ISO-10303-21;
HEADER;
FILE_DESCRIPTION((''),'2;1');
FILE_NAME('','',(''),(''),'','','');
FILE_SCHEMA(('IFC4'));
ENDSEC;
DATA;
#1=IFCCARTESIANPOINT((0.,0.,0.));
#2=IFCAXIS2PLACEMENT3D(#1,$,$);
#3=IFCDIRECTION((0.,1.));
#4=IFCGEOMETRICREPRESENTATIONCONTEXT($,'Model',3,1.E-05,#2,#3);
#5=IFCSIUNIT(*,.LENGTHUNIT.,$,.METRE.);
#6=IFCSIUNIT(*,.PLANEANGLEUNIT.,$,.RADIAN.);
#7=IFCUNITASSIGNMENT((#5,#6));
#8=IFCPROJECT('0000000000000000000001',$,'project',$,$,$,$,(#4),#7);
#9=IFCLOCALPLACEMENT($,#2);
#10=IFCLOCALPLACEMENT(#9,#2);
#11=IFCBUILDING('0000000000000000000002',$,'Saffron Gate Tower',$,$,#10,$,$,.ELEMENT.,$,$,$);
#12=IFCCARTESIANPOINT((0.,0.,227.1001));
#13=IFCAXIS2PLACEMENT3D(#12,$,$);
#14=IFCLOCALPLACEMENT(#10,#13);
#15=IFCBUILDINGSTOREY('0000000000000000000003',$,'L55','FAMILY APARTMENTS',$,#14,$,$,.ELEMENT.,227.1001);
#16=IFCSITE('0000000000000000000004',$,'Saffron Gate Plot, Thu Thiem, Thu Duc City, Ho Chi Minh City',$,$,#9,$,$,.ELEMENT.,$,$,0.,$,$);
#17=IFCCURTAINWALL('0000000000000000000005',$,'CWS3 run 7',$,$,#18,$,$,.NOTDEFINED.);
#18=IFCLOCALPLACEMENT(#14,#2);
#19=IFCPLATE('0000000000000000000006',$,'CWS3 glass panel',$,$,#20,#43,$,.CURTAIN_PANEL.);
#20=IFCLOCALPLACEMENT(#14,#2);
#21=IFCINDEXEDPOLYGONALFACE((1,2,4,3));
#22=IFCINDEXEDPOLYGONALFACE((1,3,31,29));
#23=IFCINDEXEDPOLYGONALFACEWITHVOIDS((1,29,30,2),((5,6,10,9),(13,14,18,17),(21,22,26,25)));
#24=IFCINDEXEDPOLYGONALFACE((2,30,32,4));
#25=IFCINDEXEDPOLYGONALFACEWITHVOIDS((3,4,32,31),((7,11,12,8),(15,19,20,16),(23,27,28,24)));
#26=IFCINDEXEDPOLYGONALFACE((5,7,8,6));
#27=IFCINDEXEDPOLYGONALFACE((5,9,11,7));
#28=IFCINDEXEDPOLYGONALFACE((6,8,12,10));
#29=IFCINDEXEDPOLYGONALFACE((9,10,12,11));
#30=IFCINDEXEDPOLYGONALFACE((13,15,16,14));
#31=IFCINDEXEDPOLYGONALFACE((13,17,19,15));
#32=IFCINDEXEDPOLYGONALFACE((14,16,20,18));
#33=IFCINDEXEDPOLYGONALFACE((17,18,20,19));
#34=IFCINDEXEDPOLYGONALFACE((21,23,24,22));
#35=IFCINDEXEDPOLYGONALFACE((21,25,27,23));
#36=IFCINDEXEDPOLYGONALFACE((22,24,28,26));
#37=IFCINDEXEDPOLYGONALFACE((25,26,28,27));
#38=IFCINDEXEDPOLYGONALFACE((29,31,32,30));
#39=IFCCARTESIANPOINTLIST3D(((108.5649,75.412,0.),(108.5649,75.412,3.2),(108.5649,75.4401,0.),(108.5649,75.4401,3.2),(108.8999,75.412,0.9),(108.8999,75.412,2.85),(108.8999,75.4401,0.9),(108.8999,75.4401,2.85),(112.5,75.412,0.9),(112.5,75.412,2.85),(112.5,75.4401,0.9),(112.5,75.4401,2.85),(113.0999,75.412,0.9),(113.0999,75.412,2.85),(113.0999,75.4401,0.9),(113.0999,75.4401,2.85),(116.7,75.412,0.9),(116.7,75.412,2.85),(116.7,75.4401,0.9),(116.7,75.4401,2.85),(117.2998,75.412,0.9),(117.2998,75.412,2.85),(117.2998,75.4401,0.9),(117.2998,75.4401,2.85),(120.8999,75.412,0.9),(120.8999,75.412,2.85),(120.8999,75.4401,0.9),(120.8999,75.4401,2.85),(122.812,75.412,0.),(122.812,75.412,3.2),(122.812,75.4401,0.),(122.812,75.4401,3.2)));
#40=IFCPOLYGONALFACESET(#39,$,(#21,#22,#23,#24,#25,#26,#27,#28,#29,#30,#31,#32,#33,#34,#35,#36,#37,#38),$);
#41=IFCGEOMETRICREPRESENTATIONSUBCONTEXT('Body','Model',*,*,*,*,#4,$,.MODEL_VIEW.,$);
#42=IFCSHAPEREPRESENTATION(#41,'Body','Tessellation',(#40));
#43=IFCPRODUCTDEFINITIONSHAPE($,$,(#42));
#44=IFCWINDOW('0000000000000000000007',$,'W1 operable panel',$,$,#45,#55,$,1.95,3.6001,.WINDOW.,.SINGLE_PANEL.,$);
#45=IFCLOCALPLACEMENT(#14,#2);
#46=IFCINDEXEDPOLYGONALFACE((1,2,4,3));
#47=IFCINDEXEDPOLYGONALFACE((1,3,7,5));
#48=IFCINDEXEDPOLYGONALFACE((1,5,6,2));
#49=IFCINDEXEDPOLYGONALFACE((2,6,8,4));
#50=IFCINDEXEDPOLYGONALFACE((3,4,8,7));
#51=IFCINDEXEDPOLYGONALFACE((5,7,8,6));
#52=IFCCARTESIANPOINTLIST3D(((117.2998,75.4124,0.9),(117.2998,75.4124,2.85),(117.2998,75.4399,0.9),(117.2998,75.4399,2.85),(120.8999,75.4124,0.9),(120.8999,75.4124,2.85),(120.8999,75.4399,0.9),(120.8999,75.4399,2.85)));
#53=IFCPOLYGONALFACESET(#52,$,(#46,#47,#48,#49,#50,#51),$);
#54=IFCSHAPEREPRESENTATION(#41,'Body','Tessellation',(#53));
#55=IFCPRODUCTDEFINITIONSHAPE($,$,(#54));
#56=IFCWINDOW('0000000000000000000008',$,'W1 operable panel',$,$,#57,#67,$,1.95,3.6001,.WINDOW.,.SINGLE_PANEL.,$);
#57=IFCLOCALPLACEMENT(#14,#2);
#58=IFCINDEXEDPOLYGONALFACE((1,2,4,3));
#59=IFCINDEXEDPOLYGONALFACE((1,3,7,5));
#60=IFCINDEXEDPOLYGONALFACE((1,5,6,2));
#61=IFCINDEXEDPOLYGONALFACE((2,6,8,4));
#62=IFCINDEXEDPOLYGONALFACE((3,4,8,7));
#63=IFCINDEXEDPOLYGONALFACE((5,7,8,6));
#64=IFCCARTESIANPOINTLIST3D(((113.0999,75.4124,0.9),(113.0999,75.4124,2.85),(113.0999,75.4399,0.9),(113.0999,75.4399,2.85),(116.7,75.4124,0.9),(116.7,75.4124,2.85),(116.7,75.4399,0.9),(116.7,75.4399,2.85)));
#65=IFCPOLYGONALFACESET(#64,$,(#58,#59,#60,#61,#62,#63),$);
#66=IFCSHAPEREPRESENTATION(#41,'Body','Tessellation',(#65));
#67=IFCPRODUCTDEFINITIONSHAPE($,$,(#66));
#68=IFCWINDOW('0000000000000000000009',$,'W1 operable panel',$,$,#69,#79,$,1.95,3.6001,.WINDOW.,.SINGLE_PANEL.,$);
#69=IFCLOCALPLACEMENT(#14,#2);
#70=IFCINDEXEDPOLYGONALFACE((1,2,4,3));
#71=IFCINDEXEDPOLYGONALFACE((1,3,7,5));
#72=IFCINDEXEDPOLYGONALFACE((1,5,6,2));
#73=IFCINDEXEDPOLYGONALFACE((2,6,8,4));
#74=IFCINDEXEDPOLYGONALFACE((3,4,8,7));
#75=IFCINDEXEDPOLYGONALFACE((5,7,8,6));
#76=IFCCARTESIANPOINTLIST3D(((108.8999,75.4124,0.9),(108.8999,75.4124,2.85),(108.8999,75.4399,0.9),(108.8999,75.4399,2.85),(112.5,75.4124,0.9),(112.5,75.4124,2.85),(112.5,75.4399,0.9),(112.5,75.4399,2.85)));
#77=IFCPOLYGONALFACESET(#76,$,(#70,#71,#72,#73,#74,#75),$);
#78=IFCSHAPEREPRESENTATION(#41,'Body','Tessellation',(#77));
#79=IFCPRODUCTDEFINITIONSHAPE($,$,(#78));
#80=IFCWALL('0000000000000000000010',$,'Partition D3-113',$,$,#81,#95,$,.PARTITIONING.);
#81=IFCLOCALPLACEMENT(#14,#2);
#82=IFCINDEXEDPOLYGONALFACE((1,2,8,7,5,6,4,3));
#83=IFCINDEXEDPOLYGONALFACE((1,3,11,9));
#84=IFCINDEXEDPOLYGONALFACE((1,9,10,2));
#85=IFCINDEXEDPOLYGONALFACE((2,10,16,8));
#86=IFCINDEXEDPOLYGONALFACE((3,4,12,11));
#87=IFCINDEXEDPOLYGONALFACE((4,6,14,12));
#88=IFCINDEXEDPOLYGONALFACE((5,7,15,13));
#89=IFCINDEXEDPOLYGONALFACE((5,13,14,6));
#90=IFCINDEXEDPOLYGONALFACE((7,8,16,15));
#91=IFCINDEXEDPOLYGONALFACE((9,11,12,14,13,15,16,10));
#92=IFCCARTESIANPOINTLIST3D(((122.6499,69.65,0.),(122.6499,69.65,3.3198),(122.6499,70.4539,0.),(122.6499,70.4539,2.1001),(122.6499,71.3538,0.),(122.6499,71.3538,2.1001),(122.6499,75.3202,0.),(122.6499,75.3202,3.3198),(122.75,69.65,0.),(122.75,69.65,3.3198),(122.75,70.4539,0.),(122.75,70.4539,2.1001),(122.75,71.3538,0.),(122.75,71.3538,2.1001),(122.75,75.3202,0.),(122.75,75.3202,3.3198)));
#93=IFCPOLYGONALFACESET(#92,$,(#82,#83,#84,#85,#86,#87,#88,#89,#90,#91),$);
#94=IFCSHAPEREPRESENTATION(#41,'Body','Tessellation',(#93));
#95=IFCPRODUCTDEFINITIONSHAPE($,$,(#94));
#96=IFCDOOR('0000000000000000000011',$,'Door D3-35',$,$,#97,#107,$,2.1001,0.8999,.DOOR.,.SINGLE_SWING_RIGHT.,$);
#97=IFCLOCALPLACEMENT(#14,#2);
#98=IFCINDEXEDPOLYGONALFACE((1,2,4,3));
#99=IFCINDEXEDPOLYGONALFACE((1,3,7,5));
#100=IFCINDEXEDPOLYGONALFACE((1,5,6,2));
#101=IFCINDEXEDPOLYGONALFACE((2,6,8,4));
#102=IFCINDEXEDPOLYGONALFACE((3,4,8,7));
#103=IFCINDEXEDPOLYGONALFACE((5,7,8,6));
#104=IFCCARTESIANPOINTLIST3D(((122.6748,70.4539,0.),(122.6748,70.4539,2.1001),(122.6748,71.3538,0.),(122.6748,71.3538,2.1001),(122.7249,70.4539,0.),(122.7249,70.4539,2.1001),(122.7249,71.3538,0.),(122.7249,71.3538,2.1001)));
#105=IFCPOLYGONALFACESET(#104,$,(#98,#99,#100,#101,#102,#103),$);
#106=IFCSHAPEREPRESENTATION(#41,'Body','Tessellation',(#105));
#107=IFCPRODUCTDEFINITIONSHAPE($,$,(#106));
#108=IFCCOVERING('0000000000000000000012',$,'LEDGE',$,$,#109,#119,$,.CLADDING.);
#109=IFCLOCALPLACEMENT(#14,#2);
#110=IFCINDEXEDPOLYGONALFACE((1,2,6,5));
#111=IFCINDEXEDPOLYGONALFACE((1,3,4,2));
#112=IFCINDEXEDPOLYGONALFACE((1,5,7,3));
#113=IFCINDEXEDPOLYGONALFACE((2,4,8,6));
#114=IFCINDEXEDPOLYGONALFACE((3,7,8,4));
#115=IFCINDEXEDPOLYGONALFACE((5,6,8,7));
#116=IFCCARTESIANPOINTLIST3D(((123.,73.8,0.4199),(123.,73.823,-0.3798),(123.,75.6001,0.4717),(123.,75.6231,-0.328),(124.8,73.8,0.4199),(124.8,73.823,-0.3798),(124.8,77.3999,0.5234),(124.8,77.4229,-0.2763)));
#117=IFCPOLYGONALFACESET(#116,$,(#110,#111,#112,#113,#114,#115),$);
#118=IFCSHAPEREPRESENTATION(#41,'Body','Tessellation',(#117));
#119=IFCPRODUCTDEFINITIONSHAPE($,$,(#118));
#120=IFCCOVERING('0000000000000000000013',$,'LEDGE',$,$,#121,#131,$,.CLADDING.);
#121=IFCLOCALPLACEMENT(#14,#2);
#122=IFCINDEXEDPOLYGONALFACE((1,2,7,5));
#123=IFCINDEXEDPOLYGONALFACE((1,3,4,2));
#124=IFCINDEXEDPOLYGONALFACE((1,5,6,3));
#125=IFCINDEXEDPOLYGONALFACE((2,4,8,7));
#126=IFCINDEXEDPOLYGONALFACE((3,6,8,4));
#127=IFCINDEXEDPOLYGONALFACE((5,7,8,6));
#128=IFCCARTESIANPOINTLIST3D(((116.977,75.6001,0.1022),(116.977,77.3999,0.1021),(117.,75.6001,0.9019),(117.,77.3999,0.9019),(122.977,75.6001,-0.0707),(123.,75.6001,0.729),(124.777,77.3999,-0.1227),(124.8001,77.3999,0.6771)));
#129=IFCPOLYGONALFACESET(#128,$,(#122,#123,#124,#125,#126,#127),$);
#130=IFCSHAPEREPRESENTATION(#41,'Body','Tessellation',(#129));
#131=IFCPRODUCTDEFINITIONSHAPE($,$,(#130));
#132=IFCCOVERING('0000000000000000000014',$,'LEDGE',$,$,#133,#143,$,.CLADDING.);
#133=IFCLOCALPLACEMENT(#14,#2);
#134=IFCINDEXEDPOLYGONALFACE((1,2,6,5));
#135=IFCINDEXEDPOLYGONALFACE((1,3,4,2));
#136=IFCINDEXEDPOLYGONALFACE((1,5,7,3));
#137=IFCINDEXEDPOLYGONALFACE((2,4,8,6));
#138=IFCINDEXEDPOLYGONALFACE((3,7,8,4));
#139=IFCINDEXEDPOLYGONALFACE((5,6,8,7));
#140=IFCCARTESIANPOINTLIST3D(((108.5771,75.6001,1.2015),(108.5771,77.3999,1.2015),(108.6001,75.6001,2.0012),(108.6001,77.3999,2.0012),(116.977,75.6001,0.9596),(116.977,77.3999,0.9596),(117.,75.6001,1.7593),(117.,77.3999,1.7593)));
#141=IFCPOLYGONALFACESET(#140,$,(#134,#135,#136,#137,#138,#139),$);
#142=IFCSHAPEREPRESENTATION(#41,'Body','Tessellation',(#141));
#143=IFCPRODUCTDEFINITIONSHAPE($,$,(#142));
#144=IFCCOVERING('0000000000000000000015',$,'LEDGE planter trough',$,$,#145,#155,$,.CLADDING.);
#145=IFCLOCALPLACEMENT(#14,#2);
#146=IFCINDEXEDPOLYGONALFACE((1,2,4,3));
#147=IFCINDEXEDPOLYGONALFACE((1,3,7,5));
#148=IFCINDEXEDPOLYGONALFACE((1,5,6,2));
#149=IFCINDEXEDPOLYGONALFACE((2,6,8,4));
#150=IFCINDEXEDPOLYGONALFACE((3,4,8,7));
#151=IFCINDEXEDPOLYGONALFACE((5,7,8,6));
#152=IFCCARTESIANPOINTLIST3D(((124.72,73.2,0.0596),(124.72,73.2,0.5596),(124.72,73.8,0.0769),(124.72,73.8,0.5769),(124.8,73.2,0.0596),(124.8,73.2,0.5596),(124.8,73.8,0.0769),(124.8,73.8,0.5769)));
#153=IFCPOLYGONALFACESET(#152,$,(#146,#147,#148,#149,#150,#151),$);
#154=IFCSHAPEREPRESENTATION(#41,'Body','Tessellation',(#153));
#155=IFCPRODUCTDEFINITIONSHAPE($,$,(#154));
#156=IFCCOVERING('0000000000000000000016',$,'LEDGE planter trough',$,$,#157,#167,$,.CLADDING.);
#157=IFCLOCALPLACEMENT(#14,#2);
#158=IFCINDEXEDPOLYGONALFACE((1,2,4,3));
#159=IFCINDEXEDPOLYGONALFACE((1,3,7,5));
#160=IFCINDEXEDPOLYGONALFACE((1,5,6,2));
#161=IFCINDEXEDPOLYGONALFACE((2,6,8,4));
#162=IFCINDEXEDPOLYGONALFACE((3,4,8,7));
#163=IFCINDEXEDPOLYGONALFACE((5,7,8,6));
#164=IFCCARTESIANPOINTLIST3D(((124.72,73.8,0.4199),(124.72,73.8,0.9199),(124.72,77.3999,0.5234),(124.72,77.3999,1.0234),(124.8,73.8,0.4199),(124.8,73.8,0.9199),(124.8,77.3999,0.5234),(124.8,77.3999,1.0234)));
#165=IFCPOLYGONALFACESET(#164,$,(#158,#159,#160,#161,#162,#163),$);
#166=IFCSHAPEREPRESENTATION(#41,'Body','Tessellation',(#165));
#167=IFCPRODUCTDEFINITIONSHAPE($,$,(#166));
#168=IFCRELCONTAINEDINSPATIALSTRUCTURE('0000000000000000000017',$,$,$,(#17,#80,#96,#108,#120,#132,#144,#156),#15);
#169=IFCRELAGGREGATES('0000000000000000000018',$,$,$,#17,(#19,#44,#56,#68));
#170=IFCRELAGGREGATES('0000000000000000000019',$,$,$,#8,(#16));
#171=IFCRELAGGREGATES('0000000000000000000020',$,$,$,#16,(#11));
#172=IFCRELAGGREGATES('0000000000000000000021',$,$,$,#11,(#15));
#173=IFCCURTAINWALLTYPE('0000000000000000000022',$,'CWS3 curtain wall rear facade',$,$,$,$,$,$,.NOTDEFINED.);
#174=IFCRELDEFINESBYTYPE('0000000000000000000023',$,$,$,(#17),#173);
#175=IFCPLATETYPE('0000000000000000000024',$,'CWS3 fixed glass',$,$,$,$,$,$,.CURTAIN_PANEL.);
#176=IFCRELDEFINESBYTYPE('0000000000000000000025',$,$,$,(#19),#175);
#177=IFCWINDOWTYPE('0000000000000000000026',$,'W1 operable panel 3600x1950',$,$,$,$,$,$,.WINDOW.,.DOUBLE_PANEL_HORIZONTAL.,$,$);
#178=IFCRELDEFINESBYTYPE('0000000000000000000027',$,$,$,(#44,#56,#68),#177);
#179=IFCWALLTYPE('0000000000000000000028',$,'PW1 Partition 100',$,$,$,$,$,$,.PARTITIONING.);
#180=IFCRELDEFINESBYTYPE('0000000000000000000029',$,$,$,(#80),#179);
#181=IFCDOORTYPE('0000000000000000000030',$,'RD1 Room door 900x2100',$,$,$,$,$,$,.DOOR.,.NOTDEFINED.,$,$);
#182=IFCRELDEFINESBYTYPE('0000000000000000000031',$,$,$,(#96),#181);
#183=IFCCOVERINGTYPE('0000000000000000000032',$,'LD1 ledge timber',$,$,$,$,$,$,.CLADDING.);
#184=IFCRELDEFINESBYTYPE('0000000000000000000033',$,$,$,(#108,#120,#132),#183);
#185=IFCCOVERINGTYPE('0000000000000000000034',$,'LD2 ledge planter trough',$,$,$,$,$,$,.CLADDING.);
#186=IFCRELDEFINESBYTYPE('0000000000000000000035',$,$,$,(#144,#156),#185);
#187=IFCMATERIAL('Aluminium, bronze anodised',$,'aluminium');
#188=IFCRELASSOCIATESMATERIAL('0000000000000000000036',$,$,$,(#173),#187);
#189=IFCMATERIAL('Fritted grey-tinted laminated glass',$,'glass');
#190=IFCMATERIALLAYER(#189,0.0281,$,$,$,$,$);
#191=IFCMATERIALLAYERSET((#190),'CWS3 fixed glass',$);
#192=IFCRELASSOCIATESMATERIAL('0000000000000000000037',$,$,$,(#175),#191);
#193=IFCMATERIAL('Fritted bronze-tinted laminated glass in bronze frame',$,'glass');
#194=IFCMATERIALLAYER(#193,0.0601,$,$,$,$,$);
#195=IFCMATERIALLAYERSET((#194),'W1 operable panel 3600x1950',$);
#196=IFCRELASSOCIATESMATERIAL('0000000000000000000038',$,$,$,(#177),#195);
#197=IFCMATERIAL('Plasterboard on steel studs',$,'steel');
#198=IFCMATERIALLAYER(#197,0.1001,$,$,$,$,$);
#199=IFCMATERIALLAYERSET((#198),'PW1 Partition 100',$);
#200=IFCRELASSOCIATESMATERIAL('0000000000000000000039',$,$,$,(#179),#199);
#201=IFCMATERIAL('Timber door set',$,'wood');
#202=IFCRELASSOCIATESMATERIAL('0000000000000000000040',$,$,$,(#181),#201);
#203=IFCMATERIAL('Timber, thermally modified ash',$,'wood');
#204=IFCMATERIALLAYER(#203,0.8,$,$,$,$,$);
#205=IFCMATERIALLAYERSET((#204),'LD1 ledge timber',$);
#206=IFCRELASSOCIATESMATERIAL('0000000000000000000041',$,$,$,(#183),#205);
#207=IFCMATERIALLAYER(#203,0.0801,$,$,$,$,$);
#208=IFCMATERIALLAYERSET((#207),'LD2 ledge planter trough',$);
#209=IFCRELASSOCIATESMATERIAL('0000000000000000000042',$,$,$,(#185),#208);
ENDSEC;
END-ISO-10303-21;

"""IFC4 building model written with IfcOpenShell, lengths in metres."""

from ifc_helpers import new_model, si_unit, direction, frame, frame_2d, origin, place, context, subcontext, project, spatial, polyline, rectangle, outline, extrude, material, layer, layer_set, type_object, element, fill, aggregate, save


model = new_model("IFC4")

# Units and contexts
model_context = context("Model", 3, precision=1e-05, world=origin(), true_north=direction((0.0, 1.0)))
body_context = subcontext(model_context, "Body", "Model", "MODEL_VIEW")
ifc_project = project(units=[si_unit("LENGTHUNIT", "METRE"), si_unit("PLANEANGLEUNIT", "RADIAN")], contexts=[model_context])

# Site, building, storey
site_placement = place(None, origin())
site = spatial("IfcSite", under=ifc_project, at=site_placement, Name="Saffron Gate Plot, Thu Thiem, Thu Duc City, Ho Chi Minh City", CompositionType="ELEMENT", RefElevation=0.0)
building_placement = place(site_placement, origin())
building = spatial("IfcBuilding", under=site, at=building_placement, Name="Saffron Gate Tower", CompositionType="ELEMENT")
storey_placement = place(building_placement, frame((0.0, 0.0, 227.1001)))
storey = spatial("IfcBuildingStorey", under=building, at=storey_placement, Name="L55", Description="FAMILY APARTMENTS", CompositionType="ELEMENT", Elevation=227.1001)

# Curtain wall
ifc_material_1 = material(Name="Aluminium, bronze anodised", Category="aluminium")
curtain_wall_type_1 = type_object("IfcCurtainWallType", Name="CWS3 curtain wall rear facade", PredefinedType="NOTDEFINED", material=ifc_material_1)
curtain_wall_1_placement = place(storey_placement, origin())
curtain_wall_1 = element("IfcCurtainWall", 1, at=curtain_wall_1_placement, inside=storey, type_object=curtain_wall_type_1, Name="CWS3 run 7", PredefinedType="NOTDEFINED")

# Plate, openings, windows
ifc_material_2 = material(Name="Fritted grey-tinted laminated glass", Category="glass")
ifc_layer_1 = layer(ifc_material_2, 0.0281)
ifc_layer_set_1 = layer_set([ifc_layer_1], Name="CWS3 fixed glass")
plate_type = type_object("IfcPlateType", Name="CWS3 fixed glass", PredefinedType="CURTAIN_PANEL", material=ifc_layer_set_1)
plate_placement = place(storey_placement, frame((122.812, 75.426, 0.0), z_axis=(0.0, 0.0, 1.0), x_axis=(-1.0, 0.0, 0.0)))
plate = element("IfcPlate", 2, at=plate_placement, type_object=plate_type, Name="CWS3 glass panel", PredefinedType="CURTAIN_PANEL", context=body_context, shape_type="SweptSolid", body=[
    extrude(rectangle(XDim=14.2471, YDim=0.0281, at=frame_2d((7.1235, 0.0))), origin(), (0.0, 0.0, 1.0), 3.2),
])
opening_1_placement = place(plate_placement, frame((1.9121, 0.0, 0.8999)))
opening_1 = element("IfcOpeningElement", 3, at=opening_1_placement, cuts=plate, PredefinedType="OPENING", context=body_context, shape_type="SweptSolid", body=[
    extrude(rectangle(XDim=3.6001, YDim=1.95, at=frame_2d((1.8, 0.9751))), frame((0.0, 0.0239, 0.0), z_axis=(0.0, -1.0, 0.0), x_axis=(1.0, 0.0, 0.0)), (0.0, 0.0, 1.0), 0.0481),
])
opening_2_placement = place(plate_placement, frame((6.1121, 0.0, 0.8999)))
opening_2 = element("IfcOpeningElement", 4, at=opening_2_placement, cuts=plate, PredefinedType="OPENING", context=body_context, shape_type="SweptSolid", body=[
    extrude(rectangle(XDim=3.6001, YDim=1.95, at=frame_2d((1.8, 0.9751))), frame((0.0, 0.0239, 0.0), z_axis=(0.0, -1.0, 0.0), x_axis=(1.0, 0.0, 0.0)), (0.0, 0.0, 1.0), 0.0481),
])
opening_3_placement = place(plate_placement, frame((10.312, 0.0, 0.8999)))
opening_3 = element("IfcOpeningElement", 5, at=opening_3_placement, cuts=plate, PredefinedType="OPENING", context=body_context, shape_type="SweptSolid", body=[
    extrude(rectangle(XDim=3.6001, YDim=1.95, at=frame_2d((1.8, 0.9751))), frame((0.0, 0.0239, 0.0), z_axis=(0.0, -1.0, 0.0), x_axis=(1.0, 0.0, 0.0)), (0.0, 0.0, 1.0), 0.0481),
])
ifc_material_3 = material(Name="Fritted bronze-tinted laminated glass in bronze frame", Category="glass")
ifc_layer_2 = layer(ifc_material_3, 0.0601)
ifc_layer_set_2 = layer_set([ifc_layer_2], Name="W1 operable panel 3600x1950")
window_type = type_object("IfcWindowType", Name="W1 operable panel 3600x1950", PartitioningType="DOUBLE_PANEL_HORIZONTAL", PredefinedType="WINDOW", material=ifc_layer_set_2)
window_1_placement = place(opening_1_placement, origin())
window_1 = element("IfcWindow", 6, at=window_1_placement, type_object=window_type, Name="W1 operable panel", OverallHeight=1.95, OverallWidth=3.6001, PartitioningType="SINGLE_PANEL", PredefinedType="WINDOW", context=body_context, shape_type="SweptSolid", body=[
    extrude(rectangle(XDim=3.6001, YDim=1.95, at=frame_2d((1.8, 0.9751))), frame((0.0, 0.0137, 0.0), z_axis=(0.0, -1.0, 0.0), x_axis=(1.0, 0.0, 0.0)), (0.0, 0.0, 1.0), 0.0276),
])
fill(opening_1, window_1)
window_2_placement = place(opening_2_placement, origin())
window_2 = element("IfcWindow", 7, at=window_2_placement, type_object=window_type, Name="W1 operable panel", OverallHeight=1.95, OverallWidth=3.6001, PartitioningType="SINGLE_PANEL", PredefinedType="WINDOW", context=body_context, shape_type="SweptSolid", body=[
    extrude(rectangle(XDim=3.6001, YDim=1.95, at=frame_2d((1.8, 0.9751))), frame((0.0, 0.0137, 0.0), z_axis=(0.0, -1.0, 0.0), x_axis=(1.0, 0.0, 0.0)), (0.0, 0.0, 1.0), 0.0276),
])
fill(opening_2, window_2)
window_3_placement = place(opening_3_placement, origin())
window_3 = element("IfcWindow", 8, at=window_3_placement, type_object=window_type, Name="W1 operable panel", OverallHeight=1.95, OverallWidth=3.6001, PartitioningType="SINGLE_PANEL", PredefinedType="WINDOW", context=body_context, shape_type="SweptSolid", body=[
    extrude(rectangle(XDim=3.6001, YDim=1.95, at=frame_2d((1.8, 0.9751))), frame((0.0, 0.0137, 0.0), z_axis=(0.0, -1.0, 0.0), x_axis=(1.0, 0.0, 0.0)), (0.0, 0.0, 1.0), 0.0276),
])
fill(opening_3, window_3)
aggregate(curtain_wall_1, [plate, window_1, window_2, window_3])

# Wall, opening, door
ifc_material_4 = material(Name="Plasterboard on steel studs", Category="steel")
ifc_layer_3 = layer(ifc_material_4, 0.1001)
ifc_layer_set_3 = layer_set([ifc_layer_3], Name="PW1 Partition 100")
wall_type = type_object("IfcWallType", Name="PW1 Partition 100", PredefinedType="PARTITIONING", material=ifc_layer_set_3)
wall_placement = place(storey_placement, frame((122.7, 75.3201, 0.0), z_axis=(0.0, 0.0, 1.0), x_axis=(0.0, -1.0, 0.0)))
wall = element("IfcWall", 9, at=wall_placement, inside=storey, type_object=wall_type, Name="Partition D3-113", PredefinedType="PARTITIONING", context=body_context, shape_type="SweptSolid", body=[
    extrude(rectangle(XDim=5.6702, YDim=0.1001, at=frame_2d((2.835, 0.0))), origin(), (0.0, 0.0, 1.0), 3.3198),
])
opening_4_placement = place(wall_placement, frame((3.9663, 0.0, 0.0)))
opening_4 = element("IfcOpeningElement", 10, at=opening_4_placement, cuts=wall, PredefinedType="OPENING", context=body_context, shape_type="SweptSolid", body=[
    extrude(rectangle(XDim=0.8999, YDim=2.1001, at=frame_2d((0.45, 1.05))), frame((0.0, 0.0601, 0.0), z_axis=(0.0, -1.0, 0.0), x_axis=(1.0, 0.0, 0.0)), (0.0, 0.0, 1.0), 0.1201),
])
ifc_material_5 = material(Name="Timber door set", Category="wood")
door_type = type_object("IfcDoorType", Name="RD1 Room door 900x2100", OperationType="NOTDEFINED", PredefinedType="DOOR", material=ifc_material_5)
door_placement = place(opening_4_placement, origin())
door = element("IfcDoor", 11, at=door_placement, inside=storey, type_object=door_type, Name="Door D3-35", OperationType="SINGLE_SWING_RIGHT", OverallHeight=2.1001, OverallWidth=0.8999, PredefinedType="DOOR", context=body_context, shape_type="SweptSolid", body=[
    extrude(rectangle(XDim=0.8999, YDim=2.1001, at=frame_2d((0.45, 1.05))), frame((0.0, 0.0249, 0.0), z_axis=(0.0, -1.0, 0.0), x_axis=(1.0, 0.0, 0.0)), (0.0, 0.0, 1.0), 0.05),
])
fill(opening_4, door)

# Coverings
ifc_material_6 = material(Name="Timber, thermally modified ash", Category="wood")
ifc_layer_4 = layer(ifc_material_6, 0.8)
ifc_layer_set_4 = layer_set([ifc_layer_4], Name="LD1 ledge timber")
covering_type_1 = type_object("IfcCoveringType", Name="LD1 ledge timber", PredefinedType="CLADDING", material=ifc_layer_set_4)
covering_1_placement = place(storey_placement, frame((123.0, 73.8, 0.4199), z_axis=(-0.000001, -0.028743, 0.999587), x_axis=(0.0, 0.999587, 0.028743)))
element("IfcCovering", 12, at=covering_1_placement, inside=storey, type_object=covering_type_1, Name="LEDGE", PredefinedType="CLADDING", context=body_context, shape_type="SweptSolid", body=[
    extrude(outline(polyline([(0.0, 0.0), (1.8008, 0.0), (3.6013, -1.8), (0.0, -1.8), (0.0, 0.0)])), origin(), (0.0, 0.0, -1.0), 0.8),
])
covering_2_placement = place(storey_placement, frame((123.0, 75.6001, 0.729), z_axis=(0.028807, 0.000035, 0.999585), x_axis=(-0.999585, 0.0, 0.028807)))
element("IfcCovering", 13, at=covering_2_placement, inside=storey, type_object=covering_type_1, Name="LEDGE", PredefinedType="CLADDING", context=body_context, shape_type="SweptSolid", body=[
    extrude(outline(polyline([(0.0, 0.0), (6.0025, 0.0), (6.0025, -1.7998), (-1.8008, -1.7998), (0.0, 0.0)])), origin(), (0.0, 0.0, -1.0), 0.8),
])
covering_3_placement = place(storey_placement, frame((117.0, 75.6001, 1.7593), z_axis=(0.028791, 0.0, 0.999585), x_axis=(-0.999585, 0.0, 0.028791)))
element("IfcCovering", 14, at=covering_3_placement, inside=storey, type_object=covering_type_1, Name="LEDGE", PredefinedType="CLADDING", context=body_context, shape_type="SweptSolid", body=[
    extrude(outline(polyline([(0.0, 0.0), (8.4034, 0.0), (8.4034, -1.7998), (0.0, -1.7998), (0.0, 0.0)])), origin(), (0.0, 0.0, -1.0), 0.8),
])
ifc_layer_5 = layer(ifc_material_6, 0.0801)
ifc_layer_set_5 = layer_set([ifc_layer_5], Name="LD2 ledge planter trough")
covering_type_2 = type_object("IfcCoveringType", Name="LD2 ledge planter trough", PredefinedType="CLADDING", material=ifc_layer_set_5)
covering_4_placement = place(storey_placement, frame((124.8, 73.2, 0.0596), z_axis=(1.0, 0.0, 0.0), x_axis=(0.0, 0.999583, 0.028873)))
element("IfcCovering", 15, at=covering_4_placement, inside=storey, type_object=covering_type_2, Name="LEDGE planter trough", PredefinedType="CLADDING", context=body_context, shape_type="SweptSolid", body=[
    extrude(outline(polyline([(0.0, 0.0), (0.6003, 0.0), (0.6148, 0.4998), (0.0144, 0.4998), (0.0, 0.0)])), origin(), (0.0, 0.0, -1.0), 0.0801),
])
covering_5_placement = place(storey_placement, frame((124.8, 73.8, 0.4199), z_axis=(1.0, 0.0, 0.0), x_axis=(0.0, 0.999587, 0.028744)))
element("IfcCovering", 16, at=covering_5_placement, inside=storey, type_object=covering_type_2, Name="LEDGE planter trough", PredefinedType="CLADDING", context=body_context, shape_type="SweptSolid", body=[
    extrude(outline(polyline([(0.0, 0.0), (3.6013, 0.0), (3.6157, 0.4998), (0.0144, 0.4998), (0.0, 0.0)])), origin(), (0.0, 0.0, -1.0), 0.0801),
])

save(model, "model.ifc")
